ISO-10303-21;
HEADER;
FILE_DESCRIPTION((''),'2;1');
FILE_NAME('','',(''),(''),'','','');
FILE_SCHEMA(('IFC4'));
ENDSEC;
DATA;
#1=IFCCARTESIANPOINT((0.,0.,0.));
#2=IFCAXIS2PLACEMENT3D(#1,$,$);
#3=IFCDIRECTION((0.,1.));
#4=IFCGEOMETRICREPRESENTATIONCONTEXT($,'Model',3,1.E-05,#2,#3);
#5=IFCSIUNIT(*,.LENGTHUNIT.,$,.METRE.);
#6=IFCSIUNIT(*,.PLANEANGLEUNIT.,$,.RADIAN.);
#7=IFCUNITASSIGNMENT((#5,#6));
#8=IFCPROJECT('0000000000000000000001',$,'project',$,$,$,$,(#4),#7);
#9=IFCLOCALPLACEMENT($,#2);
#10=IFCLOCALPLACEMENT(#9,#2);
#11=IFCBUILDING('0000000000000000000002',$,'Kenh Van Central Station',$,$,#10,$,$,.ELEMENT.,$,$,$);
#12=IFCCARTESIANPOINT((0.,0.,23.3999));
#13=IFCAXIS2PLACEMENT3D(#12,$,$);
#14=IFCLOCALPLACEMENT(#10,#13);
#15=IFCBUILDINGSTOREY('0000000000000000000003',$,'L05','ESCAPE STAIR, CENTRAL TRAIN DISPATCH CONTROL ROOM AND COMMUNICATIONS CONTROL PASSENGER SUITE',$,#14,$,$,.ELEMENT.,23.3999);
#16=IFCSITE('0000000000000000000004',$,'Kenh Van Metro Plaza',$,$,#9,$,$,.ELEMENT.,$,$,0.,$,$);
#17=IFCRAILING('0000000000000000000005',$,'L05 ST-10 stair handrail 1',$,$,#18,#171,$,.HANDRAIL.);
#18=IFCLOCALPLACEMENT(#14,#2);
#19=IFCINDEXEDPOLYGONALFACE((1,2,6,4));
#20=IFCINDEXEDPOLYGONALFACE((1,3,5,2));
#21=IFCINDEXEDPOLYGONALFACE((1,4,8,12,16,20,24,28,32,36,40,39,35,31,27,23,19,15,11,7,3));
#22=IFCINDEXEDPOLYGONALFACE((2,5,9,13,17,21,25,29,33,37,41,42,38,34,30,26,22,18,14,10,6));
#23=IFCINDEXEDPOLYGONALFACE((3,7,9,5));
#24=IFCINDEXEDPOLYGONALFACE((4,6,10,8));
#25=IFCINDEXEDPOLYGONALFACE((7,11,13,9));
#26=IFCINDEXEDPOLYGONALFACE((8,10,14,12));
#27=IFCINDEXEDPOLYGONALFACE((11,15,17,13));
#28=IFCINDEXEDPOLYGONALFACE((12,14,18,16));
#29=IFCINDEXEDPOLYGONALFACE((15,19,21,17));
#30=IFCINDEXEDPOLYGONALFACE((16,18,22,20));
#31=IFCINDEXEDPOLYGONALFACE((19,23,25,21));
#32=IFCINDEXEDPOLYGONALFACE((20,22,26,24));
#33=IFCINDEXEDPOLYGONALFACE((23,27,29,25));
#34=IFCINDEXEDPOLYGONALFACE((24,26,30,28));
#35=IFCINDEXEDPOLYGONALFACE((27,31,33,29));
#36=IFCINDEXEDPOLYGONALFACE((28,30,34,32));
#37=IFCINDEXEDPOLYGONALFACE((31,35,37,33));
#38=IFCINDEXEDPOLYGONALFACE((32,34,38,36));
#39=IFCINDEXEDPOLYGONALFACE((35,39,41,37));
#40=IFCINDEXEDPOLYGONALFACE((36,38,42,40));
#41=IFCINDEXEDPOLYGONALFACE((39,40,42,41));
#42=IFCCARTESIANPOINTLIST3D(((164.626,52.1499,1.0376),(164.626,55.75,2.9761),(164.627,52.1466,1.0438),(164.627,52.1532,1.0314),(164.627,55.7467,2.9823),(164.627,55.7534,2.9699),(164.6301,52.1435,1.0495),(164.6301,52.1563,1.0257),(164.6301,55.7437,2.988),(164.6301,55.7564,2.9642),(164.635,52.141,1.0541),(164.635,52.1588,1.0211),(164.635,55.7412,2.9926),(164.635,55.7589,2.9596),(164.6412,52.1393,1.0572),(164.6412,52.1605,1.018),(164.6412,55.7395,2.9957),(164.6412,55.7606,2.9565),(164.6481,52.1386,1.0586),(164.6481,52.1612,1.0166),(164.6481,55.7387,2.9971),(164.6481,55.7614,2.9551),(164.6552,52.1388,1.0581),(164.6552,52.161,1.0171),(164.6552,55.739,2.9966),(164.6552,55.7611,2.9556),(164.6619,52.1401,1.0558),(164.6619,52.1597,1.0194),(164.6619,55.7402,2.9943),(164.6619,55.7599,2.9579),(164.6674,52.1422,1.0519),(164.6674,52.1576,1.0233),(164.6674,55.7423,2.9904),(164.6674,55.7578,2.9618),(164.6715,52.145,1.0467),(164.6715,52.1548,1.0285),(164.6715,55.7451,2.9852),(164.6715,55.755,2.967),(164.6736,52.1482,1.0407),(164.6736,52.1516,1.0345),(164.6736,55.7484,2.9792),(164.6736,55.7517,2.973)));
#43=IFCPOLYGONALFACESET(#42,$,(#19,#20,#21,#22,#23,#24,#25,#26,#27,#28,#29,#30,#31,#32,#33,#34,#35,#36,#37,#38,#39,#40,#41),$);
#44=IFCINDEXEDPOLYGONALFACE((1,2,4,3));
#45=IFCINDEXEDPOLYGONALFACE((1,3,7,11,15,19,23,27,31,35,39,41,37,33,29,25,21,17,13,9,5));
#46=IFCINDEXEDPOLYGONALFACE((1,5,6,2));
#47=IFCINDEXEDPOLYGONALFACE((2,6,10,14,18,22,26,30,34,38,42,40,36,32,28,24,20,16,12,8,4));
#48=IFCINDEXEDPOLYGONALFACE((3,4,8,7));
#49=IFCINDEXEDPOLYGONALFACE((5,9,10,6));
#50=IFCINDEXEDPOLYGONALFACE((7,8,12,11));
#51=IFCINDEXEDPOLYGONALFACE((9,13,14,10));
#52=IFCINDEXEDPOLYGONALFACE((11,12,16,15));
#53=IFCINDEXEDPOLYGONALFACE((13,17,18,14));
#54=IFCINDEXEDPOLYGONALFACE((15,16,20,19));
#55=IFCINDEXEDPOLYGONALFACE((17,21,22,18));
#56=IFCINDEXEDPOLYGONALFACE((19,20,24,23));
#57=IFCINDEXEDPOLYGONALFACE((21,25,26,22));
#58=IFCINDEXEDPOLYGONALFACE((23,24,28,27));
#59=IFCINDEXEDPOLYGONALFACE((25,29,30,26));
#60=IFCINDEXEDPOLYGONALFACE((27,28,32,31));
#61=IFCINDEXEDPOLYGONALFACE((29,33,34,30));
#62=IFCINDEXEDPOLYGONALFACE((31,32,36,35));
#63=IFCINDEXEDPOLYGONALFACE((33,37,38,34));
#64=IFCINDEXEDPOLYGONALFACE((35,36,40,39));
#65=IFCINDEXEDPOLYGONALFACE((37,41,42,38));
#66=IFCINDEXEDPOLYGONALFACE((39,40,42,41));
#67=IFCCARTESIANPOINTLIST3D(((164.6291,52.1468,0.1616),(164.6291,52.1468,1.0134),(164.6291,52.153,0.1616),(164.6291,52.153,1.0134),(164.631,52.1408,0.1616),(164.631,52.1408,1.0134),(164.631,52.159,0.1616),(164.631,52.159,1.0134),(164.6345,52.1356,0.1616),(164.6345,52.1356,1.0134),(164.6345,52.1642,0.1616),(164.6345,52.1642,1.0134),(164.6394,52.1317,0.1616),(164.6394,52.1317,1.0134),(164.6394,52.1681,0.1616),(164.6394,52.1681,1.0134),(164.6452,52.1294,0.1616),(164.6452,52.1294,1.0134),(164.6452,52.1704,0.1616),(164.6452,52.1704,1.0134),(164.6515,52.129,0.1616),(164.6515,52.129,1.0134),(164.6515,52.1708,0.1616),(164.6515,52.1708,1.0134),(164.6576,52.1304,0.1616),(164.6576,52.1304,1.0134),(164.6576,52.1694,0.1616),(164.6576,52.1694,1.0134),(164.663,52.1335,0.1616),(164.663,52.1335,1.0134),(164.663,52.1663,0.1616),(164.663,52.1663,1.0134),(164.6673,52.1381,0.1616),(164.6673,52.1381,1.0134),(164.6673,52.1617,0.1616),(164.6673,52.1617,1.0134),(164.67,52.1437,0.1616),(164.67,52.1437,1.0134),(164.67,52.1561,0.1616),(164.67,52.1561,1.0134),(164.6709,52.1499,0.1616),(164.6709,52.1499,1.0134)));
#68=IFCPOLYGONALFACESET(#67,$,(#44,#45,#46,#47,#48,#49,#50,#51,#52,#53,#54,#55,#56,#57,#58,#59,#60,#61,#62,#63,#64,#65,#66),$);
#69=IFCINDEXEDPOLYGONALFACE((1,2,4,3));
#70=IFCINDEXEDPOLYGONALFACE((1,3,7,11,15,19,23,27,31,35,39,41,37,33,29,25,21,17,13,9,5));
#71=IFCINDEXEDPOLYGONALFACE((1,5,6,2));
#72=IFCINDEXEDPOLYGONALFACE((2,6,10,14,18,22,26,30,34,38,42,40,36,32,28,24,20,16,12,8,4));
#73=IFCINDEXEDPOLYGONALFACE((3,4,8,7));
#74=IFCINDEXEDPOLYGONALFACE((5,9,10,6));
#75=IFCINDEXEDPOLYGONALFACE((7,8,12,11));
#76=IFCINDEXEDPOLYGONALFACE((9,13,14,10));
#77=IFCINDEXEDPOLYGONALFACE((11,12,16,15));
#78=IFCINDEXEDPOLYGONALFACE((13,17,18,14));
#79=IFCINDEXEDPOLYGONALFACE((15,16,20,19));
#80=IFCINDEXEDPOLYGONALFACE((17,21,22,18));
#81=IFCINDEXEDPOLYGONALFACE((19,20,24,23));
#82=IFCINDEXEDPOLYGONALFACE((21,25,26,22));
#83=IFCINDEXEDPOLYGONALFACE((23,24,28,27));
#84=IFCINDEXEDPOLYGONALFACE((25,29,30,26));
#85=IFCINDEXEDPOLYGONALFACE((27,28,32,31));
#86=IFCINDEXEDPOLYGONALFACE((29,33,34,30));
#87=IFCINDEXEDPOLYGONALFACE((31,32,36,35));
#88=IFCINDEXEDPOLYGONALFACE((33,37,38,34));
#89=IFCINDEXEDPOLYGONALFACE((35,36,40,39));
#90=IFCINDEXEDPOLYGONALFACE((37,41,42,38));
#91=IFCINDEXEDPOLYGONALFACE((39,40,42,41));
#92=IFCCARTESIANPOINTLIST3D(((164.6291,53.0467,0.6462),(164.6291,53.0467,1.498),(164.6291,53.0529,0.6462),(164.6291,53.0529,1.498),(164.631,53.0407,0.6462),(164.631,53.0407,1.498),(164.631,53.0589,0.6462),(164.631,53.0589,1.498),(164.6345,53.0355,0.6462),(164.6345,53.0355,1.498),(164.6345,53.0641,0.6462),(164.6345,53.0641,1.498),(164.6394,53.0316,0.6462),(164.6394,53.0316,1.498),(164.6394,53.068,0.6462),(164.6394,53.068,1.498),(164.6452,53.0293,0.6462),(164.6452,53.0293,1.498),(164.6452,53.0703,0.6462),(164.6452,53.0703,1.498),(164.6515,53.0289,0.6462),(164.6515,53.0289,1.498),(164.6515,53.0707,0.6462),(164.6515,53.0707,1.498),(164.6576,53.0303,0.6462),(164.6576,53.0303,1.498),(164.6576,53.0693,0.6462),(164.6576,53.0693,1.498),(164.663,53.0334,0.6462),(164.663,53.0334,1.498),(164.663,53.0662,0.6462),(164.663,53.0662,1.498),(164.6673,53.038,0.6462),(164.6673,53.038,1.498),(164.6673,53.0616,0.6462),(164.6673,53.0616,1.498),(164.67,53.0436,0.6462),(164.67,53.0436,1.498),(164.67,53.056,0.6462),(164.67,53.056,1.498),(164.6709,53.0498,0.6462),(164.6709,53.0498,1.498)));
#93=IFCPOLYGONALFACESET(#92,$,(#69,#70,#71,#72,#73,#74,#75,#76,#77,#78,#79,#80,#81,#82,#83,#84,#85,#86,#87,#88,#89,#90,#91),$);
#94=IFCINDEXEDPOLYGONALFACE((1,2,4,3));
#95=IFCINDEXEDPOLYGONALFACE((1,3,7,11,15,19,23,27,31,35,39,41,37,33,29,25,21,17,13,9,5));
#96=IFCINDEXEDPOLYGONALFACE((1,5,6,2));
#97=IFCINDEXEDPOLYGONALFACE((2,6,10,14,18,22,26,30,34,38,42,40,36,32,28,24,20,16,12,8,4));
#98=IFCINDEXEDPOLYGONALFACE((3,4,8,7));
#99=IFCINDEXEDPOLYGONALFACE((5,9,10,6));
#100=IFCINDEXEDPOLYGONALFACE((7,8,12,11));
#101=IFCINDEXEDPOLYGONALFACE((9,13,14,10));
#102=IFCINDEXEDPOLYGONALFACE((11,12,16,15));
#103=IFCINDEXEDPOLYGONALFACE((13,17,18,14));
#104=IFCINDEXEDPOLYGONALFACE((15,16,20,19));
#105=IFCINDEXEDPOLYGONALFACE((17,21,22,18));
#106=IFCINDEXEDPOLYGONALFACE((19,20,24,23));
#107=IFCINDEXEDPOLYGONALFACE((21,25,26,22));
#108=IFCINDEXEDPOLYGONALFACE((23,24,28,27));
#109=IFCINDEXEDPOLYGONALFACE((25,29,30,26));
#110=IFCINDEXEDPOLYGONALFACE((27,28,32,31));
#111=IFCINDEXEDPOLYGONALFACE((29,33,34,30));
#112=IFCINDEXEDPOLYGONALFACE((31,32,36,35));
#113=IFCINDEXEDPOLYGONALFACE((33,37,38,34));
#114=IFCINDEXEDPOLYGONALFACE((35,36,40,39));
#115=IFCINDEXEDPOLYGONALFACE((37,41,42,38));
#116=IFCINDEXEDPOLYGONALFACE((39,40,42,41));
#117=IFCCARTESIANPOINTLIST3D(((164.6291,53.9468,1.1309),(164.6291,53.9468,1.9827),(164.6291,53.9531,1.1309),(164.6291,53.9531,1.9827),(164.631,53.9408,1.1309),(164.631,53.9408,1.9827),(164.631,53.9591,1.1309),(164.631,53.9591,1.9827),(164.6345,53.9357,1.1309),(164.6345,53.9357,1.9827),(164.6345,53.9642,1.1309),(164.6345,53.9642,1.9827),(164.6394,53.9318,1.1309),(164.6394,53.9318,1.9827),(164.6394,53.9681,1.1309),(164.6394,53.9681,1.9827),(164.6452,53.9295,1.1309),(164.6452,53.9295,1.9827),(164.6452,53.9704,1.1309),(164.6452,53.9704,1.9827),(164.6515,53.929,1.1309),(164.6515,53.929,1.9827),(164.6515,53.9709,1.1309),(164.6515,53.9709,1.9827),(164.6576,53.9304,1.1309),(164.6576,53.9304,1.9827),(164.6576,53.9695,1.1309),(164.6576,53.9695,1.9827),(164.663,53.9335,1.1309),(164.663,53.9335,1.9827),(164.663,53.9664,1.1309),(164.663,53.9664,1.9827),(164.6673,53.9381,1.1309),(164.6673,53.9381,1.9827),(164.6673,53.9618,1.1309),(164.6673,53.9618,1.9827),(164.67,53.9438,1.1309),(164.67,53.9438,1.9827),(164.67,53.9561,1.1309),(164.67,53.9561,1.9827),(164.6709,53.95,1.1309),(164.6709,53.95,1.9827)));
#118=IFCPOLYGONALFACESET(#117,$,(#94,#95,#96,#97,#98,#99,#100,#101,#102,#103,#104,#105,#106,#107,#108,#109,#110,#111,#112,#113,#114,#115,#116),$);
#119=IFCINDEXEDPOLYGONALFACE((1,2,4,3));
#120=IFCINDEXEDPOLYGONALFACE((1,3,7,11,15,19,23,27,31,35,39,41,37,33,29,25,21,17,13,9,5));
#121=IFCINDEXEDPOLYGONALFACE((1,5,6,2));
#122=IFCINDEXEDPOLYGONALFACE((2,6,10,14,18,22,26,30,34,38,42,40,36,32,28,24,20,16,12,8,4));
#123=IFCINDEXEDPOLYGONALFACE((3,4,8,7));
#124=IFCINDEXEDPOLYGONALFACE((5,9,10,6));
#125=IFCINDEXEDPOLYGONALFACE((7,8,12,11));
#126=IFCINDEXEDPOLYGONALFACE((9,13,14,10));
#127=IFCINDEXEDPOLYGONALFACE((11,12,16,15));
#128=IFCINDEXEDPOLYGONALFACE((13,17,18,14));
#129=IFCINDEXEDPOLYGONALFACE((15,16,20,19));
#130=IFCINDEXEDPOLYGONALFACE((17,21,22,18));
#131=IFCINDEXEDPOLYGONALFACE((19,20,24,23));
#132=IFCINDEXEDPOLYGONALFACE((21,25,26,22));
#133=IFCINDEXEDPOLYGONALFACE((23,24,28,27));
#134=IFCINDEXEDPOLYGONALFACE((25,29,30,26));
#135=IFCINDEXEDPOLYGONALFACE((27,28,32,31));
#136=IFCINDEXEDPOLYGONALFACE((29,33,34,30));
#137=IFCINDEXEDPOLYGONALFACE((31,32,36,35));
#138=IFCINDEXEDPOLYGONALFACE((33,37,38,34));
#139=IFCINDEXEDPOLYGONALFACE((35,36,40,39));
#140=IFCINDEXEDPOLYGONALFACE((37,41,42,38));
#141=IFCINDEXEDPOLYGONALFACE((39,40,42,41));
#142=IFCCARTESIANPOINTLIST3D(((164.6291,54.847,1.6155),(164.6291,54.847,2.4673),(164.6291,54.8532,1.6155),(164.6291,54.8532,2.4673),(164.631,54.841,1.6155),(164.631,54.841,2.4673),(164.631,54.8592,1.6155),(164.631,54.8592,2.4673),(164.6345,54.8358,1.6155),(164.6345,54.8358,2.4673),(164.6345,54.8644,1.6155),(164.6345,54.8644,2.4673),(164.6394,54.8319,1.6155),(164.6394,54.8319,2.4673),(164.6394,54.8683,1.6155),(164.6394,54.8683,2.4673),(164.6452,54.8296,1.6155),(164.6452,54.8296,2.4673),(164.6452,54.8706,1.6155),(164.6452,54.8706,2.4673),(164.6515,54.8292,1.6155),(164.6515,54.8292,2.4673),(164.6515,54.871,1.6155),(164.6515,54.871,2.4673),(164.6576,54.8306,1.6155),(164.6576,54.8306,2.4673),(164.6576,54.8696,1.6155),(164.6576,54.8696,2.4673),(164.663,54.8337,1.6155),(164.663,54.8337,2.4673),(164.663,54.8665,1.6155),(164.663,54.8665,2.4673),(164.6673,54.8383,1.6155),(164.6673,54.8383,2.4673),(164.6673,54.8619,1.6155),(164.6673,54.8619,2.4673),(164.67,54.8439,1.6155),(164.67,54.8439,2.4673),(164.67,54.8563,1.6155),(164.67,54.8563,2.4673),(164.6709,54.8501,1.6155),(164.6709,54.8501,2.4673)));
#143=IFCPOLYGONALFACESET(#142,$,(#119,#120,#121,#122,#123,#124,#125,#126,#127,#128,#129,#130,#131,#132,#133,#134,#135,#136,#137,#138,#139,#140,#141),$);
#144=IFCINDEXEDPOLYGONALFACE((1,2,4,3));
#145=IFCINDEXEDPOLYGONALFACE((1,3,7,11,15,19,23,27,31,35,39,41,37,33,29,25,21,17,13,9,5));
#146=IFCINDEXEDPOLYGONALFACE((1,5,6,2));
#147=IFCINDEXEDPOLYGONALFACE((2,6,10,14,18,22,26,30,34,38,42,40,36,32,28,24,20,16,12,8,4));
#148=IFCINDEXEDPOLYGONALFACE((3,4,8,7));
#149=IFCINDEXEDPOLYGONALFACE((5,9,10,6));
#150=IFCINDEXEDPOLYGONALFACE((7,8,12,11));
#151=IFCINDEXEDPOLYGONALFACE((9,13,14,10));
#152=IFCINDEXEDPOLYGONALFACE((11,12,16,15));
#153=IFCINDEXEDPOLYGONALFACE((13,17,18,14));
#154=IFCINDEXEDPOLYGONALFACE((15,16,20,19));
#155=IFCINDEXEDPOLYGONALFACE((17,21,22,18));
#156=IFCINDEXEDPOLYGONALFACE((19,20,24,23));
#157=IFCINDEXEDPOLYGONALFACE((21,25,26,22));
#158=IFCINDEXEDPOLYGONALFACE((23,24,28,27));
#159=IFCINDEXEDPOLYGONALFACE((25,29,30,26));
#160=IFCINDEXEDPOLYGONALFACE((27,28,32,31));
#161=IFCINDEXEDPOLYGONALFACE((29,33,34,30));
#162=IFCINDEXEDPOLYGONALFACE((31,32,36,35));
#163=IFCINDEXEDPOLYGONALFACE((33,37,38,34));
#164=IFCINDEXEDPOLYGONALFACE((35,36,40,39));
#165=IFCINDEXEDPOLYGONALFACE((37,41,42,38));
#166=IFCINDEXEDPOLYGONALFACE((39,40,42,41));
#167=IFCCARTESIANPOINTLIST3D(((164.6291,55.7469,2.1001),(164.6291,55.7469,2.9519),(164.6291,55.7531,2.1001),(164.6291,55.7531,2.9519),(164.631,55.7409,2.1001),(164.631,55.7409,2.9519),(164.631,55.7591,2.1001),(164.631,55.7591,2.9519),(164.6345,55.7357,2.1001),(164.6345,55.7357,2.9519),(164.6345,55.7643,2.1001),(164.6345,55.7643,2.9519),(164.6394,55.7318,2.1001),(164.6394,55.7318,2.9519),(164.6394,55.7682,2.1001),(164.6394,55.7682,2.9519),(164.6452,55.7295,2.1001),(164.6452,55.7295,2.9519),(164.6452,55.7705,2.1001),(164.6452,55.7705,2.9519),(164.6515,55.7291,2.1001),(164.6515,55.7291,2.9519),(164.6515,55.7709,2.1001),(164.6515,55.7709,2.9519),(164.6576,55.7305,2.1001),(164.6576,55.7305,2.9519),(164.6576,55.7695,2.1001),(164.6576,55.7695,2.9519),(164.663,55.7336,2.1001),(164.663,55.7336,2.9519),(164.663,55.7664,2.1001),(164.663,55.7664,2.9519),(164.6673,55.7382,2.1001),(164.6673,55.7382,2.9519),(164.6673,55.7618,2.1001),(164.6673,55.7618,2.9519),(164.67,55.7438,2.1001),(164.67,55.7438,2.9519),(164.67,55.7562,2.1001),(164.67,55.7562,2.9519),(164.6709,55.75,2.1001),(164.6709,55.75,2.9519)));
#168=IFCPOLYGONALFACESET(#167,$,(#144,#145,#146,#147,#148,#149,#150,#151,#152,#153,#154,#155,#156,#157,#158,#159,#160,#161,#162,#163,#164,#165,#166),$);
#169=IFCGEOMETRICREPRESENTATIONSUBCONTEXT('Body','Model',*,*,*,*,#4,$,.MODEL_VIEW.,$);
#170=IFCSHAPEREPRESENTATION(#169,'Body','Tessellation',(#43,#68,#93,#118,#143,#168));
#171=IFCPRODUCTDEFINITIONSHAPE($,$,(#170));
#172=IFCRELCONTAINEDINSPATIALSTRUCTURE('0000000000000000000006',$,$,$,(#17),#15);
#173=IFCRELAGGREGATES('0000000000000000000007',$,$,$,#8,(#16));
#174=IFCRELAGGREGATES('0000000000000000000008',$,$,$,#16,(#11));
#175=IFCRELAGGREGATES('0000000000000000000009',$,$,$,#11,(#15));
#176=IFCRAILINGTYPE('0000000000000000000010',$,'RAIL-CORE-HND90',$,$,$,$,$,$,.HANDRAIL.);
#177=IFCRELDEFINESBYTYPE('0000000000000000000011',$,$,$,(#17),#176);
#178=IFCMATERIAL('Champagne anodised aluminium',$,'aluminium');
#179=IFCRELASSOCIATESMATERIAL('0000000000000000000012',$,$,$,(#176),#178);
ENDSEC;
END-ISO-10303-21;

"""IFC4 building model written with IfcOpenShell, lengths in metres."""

from ifc_helpers import new_model, si_unit, direction, frame, origin, origin_2d, place, context, subcontext, project, spatial, circle, extrude, material, type_object, element, save


model = new_model("IFC4")

# Units and contexts
model_context = context("Model", 3, precision=1e-05, world=origin(), true_north=direction((0.0, 1.0)))
body_context = subcontext(model_context, "Body", "Model", "MODEL_VIEW")
ifc_project = project(units=[si_unit("LENGTHUNIT", "METRE"), si_unit("PLANEANGLEUNIT", "RADIAN")], contexts=[model_context])

# Site, building, storey
site_placement = place(None, origin())
site = spatial("IfcSite", under=ifc_project, at=site_placement, Name="Kenh Van Metro Plaza", CompositionType="ELEMENT", RefElevation=0.0)
building_placement = place(site_placement, origin())
building = spatial("IfcBuilding", under=site, at=building_placement, Name="Kenh Van Central Station", CompositionType="ELEMENT")
storey_placement = place(building_placement, frame((0.0, 0.0, 23.3999)))
storey = spatial("IfcBuildingStorey", under=building, at=storey_placement, Name="L05", Description="ESCAPE STAIR, CENTRAL TRAIN DISPATCH CONTROL ROOM AND COMMUNICATIONS CONTROL PASSENGER SUITE", CompositionType="ELEMENT", Elevation=23.3999)

# Shared definitions
ifc_material_1 = material(Name="Champagne anodised aluminium", Category="aluminium")

# Railing
railing_type_1 = type_object("IfcRailingType", Name="RAIL-CORE-HND90", PredefinedType="HANDRAIL", material=ifc_material_1)
railing_1_placement = place(storey_placement, frame((164.6499, 52.1499, 0.1616)))
element("IfcRailing", 1, at=railing_1_placement, inside=storey, type_object=railing_type_1, Name="L05 ST-10 stair handrail 1", PredefinedType="HANDRAIL", context=body_context, shape_type="SweptSolid", body=[
    extrude(circle(Radius=0.0239, at=origin_2d()), frame((0.0, 0.0, 0.876), z_axis=(0.0, 0.880475, 0.474093), x_axis=(-1.0, 0.0, 0.0)), (0.0, 0.0, 1.0), 4.0889),
    extrude(circle(Radius=0.021, at=origin_2d()), origin(), (0.0, 0.0, 1.0), 0.8518),
    extrude(circle(Radius=0.021, at=origin_2d()), frame((0.0, 0.8999, 0.4846)), (0.0, 0.0, 1.0), 0.8518),
    extrude(circle(Radius=0.021, at=origin_2d()), frame((0.0, 1.8, 0.9692)), (0.0, 0.0, 1.0), 0.8518),
    extrude(circle(Radius=0.021, at=origin_2d()), frame((0.0, 2.7002, 1.4539)), (0.0, 0.0, 1.0), 0.8518),
    extrude(circle(Radius=0.021, at=origin_2d()), frame((0.0, 3.6001, 1.9385)), (0.0, 0.0, 1.0), 0.8518),
])

save(model, "model.ifc")
